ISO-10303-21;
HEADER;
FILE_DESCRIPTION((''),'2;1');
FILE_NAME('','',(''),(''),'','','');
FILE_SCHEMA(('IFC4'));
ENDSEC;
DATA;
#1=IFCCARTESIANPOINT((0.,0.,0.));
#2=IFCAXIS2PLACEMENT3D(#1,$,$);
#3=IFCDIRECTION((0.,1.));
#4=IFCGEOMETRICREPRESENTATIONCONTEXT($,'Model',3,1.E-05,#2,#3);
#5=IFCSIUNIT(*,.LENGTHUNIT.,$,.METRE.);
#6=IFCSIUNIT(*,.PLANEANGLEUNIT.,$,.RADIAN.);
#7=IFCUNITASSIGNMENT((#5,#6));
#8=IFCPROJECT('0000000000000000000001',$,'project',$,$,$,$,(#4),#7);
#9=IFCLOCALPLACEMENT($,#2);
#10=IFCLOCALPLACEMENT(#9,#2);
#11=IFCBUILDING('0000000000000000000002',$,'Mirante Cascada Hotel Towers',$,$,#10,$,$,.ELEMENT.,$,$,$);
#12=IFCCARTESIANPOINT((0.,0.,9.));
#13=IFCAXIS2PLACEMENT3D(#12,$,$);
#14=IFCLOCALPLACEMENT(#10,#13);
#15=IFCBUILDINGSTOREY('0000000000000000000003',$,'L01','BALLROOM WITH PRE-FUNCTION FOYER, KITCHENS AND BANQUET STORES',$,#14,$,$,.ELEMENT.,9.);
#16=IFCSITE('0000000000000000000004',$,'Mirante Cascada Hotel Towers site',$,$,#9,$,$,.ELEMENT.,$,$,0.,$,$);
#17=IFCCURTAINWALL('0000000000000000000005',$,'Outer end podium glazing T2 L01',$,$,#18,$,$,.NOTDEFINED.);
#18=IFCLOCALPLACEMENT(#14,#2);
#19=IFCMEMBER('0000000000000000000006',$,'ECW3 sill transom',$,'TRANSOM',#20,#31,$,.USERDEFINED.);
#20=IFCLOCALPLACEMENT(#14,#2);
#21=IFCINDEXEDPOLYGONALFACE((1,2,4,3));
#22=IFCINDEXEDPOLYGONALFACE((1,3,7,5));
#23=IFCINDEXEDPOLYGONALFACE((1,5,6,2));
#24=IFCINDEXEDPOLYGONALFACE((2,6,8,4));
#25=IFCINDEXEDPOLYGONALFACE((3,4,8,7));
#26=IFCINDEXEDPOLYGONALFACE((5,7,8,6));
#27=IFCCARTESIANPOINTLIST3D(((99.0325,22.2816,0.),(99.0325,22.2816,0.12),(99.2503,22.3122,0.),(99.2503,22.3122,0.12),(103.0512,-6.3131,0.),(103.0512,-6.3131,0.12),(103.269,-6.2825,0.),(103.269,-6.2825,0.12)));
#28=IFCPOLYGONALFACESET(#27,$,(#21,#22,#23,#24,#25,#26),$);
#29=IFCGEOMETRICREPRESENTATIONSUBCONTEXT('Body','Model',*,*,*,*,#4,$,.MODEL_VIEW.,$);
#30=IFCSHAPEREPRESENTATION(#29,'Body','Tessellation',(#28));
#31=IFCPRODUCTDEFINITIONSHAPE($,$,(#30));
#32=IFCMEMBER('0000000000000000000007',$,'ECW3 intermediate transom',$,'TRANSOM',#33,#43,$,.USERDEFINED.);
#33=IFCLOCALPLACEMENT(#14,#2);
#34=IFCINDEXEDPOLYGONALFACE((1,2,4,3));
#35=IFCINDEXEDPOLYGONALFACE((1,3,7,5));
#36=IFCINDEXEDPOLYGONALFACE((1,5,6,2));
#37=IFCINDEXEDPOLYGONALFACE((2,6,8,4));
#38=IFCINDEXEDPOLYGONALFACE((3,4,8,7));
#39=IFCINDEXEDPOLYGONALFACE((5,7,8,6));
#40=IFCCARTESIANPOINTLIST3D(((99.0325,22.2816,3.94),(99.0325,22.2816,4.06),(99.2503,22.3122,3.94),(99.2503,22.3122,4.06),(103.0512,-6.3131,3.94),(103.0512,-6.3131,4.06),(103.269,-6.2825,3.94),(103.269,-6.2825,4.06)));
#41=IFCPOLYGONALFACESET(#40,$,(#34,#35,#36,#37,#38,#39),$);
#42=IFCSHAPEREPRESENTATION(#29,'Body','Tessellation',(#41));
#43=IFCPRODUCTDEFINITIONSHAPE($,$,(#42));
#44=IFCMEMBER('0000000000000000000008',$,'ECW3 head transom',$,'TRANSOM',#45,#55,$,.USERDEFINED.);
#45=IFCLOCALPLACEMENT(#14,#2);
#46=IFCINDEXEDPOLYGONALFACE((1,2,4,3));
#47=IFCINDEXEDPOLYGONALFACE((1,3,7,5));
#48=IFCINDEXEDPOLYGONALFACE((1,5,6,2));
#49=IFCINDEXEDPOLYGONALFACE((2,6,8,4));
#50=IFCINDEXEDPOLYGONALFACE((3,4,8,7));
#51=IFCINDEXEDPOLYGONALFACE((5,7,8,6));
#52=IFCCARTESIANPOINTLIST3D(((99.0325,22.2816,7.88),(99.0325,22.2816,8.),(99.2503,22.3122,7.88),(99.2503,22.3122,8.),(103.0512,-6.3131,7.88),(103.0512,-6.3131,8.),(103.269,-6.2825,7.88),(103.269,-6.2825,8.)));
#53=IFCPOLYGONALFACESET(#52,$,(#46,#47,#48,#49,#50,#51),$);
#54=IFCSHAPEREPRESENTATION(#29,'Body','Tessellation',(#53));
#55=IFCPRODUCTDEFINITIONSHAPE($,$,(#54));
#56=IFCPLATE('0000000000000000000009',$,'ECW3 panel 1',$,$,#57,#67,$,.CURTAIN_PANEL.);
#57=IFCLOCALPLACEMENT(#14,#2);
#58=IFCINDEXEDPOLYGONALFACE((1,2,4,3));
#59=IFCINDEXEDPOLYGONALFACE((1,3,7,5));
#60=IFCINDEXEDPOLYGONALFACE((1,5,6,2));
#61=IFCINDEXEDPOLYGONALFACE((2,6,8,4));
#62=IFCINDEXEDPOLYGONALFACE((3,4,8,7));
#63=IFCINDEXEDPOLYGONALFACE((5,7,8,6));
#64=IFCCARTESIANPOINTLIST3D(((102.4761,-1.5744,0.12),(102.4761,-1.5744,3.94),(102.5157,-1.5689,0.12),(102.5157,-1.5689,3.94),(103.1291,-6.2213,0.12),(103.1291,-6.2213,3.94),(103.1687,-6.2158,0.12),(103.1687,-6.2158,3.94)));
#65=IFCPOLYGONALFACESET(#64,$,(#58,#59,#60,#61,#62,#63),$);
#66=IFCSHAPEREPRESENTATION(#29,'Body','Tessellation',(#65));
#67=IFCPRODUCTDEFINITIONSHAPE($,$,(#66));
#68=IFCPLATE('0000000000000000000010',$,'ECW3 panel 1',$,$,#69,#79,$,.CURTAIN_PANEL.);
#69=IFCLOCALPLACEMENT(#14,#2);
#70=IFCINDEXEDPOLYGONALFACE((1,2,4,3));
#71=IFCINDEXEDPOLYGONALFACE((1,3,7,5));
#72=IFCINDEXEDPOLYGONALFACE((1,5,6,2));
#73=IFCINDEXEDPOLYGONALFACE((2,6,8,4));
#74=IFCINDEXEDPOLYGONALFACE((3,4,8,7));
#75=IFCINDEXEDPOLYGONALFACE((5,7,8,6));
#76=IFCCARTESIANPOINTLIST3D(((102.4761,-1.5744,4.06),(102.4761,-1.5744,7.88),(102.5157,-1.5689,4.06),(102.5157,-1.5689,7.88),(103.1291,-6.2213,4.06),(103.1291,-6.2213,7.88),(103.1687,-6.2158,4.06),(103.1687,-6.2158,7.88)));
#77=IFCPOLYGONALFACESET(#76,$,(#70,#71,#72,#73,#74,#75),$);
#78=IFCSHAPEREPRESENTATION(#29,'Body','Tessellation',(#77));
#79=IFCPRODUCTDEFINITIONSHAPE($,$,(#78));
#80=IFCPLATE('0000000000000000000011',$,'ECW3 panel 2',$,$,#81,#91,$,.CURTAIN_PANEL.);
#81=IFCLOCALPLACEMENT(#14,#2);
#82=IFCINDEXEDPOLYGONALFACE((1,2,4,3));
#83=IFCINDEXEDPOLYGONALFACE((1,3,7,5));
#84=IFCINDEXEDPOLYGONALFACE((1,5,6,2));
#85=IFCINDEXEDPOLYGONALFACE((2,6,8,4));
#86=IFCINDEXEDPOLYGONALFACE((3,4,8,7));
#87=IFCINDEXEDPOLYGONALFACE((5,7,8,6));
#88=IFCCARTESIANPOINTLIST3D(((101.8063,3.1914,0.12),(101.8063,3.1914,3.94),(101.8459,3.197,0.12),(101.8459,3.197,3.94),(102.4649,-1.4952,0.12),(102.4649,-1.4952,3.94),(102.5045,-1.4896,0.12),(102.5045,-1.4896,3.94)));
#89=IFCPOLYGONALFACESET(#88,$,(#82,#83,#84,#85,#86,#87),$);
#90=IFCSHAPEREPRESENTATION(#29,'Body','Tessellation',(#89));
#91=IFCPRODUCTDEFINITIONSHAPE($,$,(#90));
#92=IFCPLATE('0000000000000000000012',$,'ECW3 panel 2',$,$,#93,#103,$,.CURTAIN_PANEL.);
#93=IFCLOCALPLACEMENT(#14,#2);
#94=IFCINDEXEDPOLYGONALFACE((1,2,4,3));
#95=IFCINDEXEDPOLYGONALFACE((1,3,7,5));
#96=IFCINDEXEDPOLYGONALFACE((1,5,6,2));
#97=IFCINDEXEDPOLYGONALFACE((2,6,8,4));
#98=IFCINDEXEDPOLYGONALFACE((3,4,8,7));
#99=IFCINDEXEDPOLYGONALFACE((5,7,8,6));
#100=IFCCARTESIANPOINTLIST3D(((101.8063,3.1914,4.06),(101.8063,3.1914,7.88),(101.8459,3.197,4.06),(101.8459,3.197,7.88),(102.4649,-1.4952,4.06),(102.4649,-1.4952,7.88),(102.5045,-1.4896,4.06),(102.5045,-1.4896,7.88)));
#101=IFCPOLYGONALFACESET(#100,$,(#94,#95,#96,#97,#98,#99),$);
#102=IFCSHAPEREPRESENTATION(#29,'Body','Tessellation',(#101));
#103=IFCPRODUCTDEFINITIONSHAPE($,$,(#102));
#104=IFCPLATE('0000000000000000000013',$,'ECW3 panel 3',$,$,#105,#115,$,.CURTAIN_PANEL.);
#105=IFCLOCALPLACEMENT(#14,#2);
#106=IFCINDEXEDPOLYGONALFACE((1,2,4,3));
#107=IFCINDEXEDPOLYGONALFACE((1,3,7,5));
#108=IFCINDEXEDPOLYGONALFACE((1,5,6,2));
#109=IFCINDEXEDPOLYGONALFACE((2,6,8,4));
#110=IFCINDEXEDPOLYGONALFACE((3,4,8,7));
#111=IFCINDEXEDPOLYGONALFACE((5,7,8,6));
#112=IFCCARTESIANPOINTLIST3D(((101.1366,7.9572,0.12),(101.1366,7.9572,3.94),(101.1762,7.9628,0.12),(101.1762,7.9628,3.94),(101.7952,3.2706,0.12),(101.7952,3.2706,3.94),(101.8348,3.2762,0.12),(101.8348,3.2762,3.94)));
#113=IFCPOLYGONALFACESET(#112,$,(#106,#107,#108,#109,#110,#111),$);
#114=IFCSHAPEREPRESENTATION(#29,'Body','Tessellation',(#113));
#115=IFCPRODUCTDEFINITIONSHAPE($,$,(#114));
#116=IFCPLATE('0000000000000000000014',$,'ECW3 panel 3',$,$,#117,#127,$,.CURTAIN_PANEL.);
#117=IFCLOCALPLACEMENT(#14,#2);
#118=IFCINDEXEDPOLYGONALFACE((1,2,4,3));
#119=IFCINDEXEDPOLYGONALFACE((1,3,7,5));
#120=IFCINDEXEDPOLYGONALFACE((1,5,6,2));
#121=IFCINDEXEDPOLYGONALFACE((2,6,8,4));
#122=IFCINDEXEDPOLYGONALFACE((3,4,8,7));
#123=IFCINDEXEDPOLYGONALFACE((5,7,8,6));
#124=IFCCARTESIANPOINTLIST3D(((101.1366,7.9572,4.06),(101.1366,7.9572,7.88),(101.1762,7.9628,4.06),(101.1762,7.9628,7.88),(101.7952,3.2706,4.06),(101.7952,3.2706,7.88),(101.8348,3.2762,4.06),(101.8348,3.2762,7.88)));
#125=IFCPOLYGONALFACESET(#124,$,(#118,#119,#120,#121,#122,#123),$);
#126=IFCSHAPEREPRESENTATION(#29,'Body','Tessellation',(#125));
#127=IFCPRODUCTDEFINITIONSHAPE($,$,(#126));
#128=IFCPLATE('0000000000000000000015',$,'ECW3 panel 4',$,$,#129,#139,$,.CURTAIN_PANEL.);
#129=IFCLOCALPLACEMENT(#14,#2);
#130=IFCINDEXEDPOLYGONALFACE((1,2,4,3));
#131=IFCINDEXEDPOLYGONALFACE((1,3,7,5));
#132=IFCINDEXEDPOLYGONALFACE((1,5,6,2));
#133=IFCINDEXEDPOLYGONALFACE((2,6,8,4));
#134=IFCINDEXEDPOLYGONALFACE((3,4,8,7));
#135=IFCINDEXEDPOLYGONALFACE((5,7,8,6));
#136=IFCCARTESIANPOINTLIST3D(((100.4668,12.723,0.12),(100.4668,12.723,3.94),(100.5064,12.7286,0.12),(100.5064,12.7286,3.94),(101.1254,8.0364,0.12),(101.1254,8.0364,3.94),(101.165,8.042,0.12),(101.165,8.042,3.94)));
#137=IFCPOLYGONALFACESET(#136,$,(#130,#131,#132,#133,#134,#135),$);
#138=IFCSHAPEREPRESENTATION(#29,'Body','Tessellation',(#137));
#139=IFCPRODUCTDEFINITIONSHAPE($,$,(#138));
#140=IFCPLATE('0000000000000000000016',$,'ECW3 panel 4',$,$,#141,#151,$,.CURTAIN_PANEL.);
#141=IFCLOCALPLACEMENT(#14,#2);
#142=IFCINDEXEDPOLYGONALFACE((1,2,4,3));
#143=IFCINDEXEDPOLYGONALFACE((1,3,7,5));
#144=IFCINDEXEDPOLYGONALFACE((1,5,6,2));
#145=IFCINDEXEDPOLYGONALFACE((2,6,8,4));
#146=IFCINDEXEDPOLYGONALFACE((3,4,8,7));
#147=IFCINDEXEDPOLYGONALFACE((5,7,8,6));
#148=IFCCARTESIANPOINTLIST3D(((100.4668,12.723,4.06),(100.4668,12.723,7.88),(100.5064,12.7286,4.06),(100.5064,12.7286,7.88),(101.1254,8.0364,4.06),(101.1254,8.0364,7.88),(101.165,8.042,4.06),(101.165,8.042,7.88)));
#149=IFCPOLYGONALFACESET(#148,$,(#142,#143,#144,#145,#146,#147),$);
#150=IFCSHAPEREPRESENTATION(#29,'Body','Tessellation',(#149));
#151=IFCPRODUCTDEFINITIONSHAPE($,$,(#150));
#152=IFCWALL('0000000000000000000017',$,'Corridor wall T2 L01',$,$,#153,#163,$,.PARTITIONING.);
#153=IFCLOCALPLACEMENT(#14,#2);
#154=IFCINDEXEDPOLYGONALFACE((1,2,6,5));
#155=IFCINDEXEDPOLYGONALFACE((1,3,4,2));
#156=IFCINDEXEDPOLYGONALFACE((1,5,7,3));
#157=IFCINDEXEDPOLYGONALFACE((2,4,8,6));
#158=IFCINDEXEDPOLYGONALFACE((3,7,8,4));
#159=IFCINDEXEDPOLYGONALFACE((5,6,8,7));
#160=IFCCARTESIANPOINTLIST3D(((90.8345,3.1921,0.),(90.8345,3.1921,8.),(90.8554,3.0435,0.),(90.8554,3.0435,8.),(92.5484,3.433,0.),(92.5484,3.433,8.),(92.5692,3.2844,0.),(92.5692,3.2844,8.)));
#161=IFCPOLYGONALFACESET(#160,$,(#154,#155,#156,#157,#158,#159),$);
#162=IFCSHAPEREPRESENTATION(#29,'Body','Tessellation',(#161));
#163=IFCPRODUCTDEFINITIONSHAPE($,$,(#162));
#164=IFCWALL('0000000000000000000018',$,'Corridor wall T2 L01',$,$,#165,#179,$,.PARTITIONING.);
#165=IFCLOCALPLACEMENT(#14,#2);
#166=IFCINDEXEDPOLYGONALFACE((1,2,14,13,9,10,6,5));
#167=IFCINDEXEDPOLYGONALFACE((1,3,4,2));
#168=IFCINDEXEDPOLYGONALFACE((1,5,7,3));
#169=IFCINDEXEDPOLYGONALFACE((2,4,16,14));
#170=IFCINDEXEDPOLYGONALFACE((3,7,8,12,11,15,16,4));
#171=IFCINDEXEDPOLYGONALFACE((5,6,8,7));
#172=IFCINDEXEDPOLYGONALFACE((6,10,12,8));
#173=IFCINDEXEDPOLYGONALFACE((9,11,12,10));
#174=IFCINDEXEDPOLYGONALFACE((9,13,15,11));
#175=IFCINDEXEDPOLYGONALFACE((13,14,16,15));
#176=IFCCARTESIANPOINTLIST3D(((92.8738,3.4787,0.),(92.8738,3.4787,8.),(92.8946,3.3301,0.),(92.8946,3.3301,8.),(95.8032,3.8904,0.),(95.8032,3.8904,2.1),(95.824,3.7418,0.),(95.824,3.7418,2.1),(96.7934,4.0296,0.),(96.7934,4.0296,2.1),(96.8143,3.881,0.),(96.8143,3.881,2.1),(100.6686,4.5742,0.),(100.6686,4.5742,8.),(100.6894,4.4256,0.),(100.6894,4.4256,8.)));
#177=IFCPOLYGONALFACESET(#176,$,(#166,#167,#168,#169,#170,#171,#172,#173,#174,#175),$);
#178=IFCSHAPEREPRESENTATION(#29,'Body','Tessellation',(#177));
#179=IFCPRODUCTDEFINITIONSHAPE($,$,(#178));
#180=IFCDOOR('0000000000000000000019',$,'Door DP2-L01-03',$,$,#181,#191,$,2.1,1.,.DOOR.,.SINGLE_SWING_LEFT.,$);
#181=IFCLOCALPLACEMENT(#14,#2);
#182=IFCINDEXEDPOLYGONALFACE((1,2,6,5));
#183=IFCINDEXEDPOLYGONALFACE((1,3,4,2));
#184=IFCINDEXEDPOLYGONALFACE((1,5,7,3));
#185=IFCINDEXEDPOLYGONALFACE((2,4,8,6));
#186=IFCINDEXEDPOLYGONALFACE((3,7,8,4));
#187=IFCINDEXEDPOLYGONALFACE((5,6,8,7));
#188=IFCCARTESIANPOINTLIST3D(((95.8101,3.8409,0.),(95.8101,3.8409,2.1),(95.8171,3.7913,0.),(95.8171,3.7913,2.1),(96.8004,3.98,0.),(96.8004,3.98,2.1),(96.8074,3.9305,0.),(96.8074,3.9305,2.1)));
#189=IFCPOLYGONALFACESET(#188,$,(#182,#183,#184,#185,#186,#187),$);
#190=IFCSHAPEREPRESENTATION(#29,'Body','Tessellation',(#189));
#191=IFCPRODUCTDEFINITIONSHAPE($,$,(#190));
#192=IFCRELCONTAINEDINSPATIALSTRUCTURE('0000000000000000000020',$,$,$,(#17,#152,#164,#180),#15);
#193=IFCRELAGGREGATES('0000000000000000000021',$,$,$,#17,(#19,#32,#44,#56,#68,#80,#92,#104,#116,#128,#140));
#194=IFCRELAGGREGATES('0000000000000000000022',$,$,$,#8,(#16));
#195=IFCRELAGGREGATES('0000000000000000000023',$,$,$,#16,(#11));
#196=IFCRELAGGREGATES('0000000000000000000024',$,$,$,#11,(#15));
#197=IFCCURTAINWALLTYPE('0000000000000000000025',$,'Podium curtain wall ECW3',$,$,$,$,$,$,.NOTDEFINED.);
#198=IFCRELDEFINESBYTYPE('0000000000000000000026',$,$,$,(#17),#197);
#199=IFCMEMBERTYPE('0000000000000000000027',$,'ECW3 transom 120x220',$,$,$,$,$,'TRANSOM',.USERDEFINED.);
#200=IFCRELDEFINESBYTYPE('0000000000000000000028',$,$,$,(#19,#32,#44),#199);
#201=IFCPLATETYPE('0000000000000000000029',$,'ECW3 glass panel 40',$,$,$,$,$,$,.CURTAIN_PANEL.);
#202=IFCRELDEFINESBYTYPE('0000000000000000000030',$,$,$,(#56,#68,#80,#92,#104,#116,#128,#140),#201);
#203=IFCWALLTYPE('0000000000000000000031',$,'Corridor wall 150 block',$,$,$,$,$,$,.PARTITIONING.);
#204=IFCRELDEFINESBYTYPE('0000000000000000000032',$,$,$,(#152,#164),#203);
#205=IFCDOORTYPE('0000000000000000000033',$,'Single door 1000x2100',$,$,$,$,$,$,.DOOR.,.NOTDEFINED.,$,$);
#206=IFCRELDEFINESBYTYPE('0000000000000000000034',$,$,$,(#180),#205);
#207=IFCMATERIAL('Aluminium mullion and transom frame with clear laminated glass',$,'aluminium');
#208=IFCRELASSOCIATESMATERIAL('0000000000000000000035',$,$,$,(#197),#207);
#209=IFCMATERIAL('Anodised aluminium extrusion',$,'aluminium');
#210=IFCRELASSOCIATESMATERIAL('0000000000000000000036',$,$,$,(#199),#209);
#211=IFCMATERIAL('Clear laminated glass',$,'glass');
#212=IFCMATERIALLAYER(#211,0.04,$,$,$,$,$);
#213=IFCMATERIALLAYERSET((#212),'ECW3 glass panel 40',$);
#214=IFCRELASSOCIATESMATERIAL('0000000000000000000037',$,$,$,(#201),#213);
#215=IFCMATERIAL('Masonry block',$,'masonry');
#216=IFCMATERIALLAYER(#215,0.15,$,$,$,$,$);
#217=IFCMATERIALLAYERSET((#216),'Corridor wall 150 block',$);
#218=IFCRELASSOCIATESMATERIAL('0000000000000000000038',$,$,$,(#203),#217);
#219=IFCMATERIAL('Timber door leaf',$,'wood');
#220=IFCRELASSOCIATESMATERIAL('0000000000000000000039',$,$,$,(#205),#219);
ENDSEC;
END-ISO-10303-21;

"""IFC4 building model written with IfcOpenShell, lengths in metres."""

from ifc_helpers import new_model, si_unit, direction, frame, frame_2d, origin, origin_2d, place, context, subcontext, project, spatial, rectangle, extrude, material, layer, layer_set, material_profile, profile_set, type_object, element, fill, aggregate, save


model = new_model("IFC4")

# Units and contexts
model_context = context("Model", 3, precision=1e-05, world=origin(), true_north=direction((0.0, 1.0)))
body_context = subcontext(model_context, "Body", "Model", "MODEL_VIEW")
ifc_project = project(units=[si_unit("LENGTHUNIT", "METRE"), si_unit("PLANEANGLEUNIT", "RADIAN")], contexts=[model_context])

# Site, building, storey
site_placement = place(None, origin())
site = spatial("IfcSite", under=ifc_project, at=site_placement, Name="Mirante Cascada Hotel Towers site", CompositionType="ELEMENT", RefElevation=0.0)
building_placement = place(site_placement, origin())
building = spatial("IfcBuilding", under=site, at=building_placement, Name="Mirante Cascada Hotel Towers", CompositionType="ELEMENT")
storey_placement = place(building_placement, frame((0.0, 0.0, 9.0)))
storey = spatial("IfcBuildingStorey", under=building, at=storey_placement, Name="L01", Description="BALLROOM WITH PRE-FUNCTION FOYER, KITCHENS AND BANQUET STORES", CompositionType="ELEMENT", Elevation=9.0)

# Curtain wall, members, plates
ifc_material_1 = material(Name="Aluminium mullion and transom frame with clear laminated glass", Category="aluminium")
curtain_wall_type = type_object("IfcCurtainWallType", Name="Podium curtain wall ECW3", PredefinedType="NOTDEFINED", material=ifc_material_1)
curtain_wall_placement = place(storey_placement, origin())
curtain_wall = element("IfcCurtainWall", 1, at=curtain_wall_placement, inside=storey, type_object=curtain_wall_type, Name="Outer end podium glazing T2 L01", PredefinedType="NOTDEFINED")
ifc_material_2 = material(Name="Anodised aluminium extrusion", Category="aluminium")
ifc_material_profile_1 = material_profile(ifc_material_2, rectangle(XDim=0.22, YDim=0.12, at=origin_2d()), Name="ECW3 TRANSOM 120x220")
ifc_profile_set_1 = profile_set([ifc_material_profile_1], Name="Anodised aluminium extrusion")
member_type_1 = type_object("IfcMemberType", Name="ECW3 transom 120x220", ElementType="TRANSOM", PredefinedType="USERDEFINED", material=ifc_profile_set_1)
member_1_placement = place(storey_placement, frame((103.1601, -6.2978, 0.06), z_axis=(-0.139172, 0.990268, 0.0), x_axis=(-0.990268, -0.139172, 0.0)))
member_1 = element("IfcMember", 2, at=member_1_placement, type_object=member_type_1, Name="ECW3 sill transom", ObjectType="TRANSOM", PredefinedType="USERDEFINED", context=body_context, shape_type="SweptSolid", body=[
    extrude(rectangle(XDim=0.22, YDim=0.12, at=origin_2d()), origin(), (0.0, 0.0, 1.0), 28.8757),
])
member_2_placement = place(storey_placement, frame((103.1601, -6.2978, 4.0), z_axis=(-0.139172, 0.990268, 0.0), x_axis=(-0.990268, -0.139172, 0.0)))
member_2 = element("IfcMember", 3, at=member_2_placement, type_object=member_type_1, Name="ECW3 intermediate transom", ObjectType="TRANSOM", PredefinedType="USERDEFINED", context=body_context, shape_type="SweptSolid", body=[
    extrude(rectangle(XDim=0.22, YDim=0.12, at=origin_2d()), origin(), (0.0, 0.0, 1.0), 28.8757),
])
member_3_placement = place(storey_placement, frame((103.1601, -6.2978, 7.94), z_axis=(-0.139172, 0.990268, 0.0), x_axis=(-0.990268, -0.139172, 0.0)))
member_3 = element("IfcMember", 4, at=member_3_placement, type_object=member_type_1, Name="ECW3 head transom", ObjectType="TRANSOM", PredefinedType="USERDEFINED", context=body_context, shape_type="SweptSolid", body=[
    extrude(rectangle(XDim=0.22, YDim=0.12, at=origin_2d()), origin(), (0.0, 0.0, 1.0), 28.8757),
])
ifc_material_3 = material(Name="Clear laminated glass", Category="glass")
ifc_layer_1 = layer(ifc_material_3, 0.04)
ifc_layer_set_1 = layer_set([ifc_layer_1], Name="ECW3 glass panel 40")
plate_type = type_object("IfcPlateType", Name="ECW3 glass panel 40", PredefinedType="CURTAIN_PANEL", material=ifc_layer_set_1)
plate_1_placement = place(storey_placement, frame((102.8224, -3.8951, 0.12), z_axis=(0.0, 0.0, 1.0), x_axis=(-0.139173, 0.990268, 0.0)))
plate_1 = element("IfcPlate", 5, at=plate_1_placement, type_object=plate_type, Name="ECW3 panel 1", PredefinedType="CURTAIN_PANEL", context=body_context, shape_type="SweptSolid", body=[
    extrude(rectangle(XDim=4.6926, YDim=0.04, at=origin_2d()), origin(), (0.0, 0.0, 1.0), 3.82),
])
plate_2_placement = place(storey_placement, frame((102.8224, -3.8951, 4.06), z_axis=(0.0, 0.0, 1.0), x_axis=(-0.139173, 0.990268, 0.0)))
plate_2 = element("IfcPlate", 6, at=plate_2_placement, type_object=plate_type, Name="ECW3 panel 1", PredefinedType="CURTAIN_PANEL", context=body_context, shape_type="SweptSolid", body=[
    extrude(rectangle(XDim=4.6926, YDim=0.04, at=origin_2d()), origin(), (0.0, 0.0, 1.0), 3.82),
])
plate_3_placement = place(storey_placement, frame((102.1554, 0.8509, 0.12), z_axis=(0.0, 0.0, 1.0), x_axis=(-0.139173, 0.990268, 0.0)))
plate_3 = element("IfcPlate", 7, at=plate_3_placement, type_object=plate_type, Name="ECW3 panel 2", PredefinedType="CURTAIN_PANEL", context=body_context, shape_type="SweptSolid", body=[
    extrude(rectangle(XDim=4.7326, YDim=0.04, at=origin_2d()), origin(), (0.0, 0.0, 1.0), 3.82),
])
plate_4_placement = place(storey_placement, frame((102.1554, 0.8509, 4.06), z_axis=(0.0, 0.0, 1.0), x_axis=(-0.139173, 0.990268, 0.0)))
plate_4 = element("IfcPlate", 8, at=plate_4_placement, type_object=plate_type, Name="ECW3 panel 2", PredefinedType="CURTAIN_PANEL", context=body_context, shape_type="SweptSolid", body=[
    extrude(rectangle(XDim=4.7326, YDim=0.04, at=origin_2d()), origin(), (0.0, 0.0, 1.0), 3.82),
])
plate_5_placement = place(storey_placement, frame((101.4857, 5.6167, 0.12), z_axis=(0.0, 0.0, 1.0), x_axis=(-0.139173, 0.990268, 0.0)))
plate_5 = element("IfcPlate", 9, at=plate_5_placement, type_object=plate_type, Name="ECW3 panel 3", PredefinedType="CURTAIN_PANEL", context=body_context, shape_type="SweptSolid", body=[
    extrude(rectangle(XDim=4.7326, YDim=0.04, at=origin_2d()), origin(), (0.0, 0.0, 1.0), 3.82),
])
plate_6_placement = place(storey_placement, frame((101.4857, 5.6167, 4.06), z_axis=(0.0, 0.0, 1.0), x_axis=(-0.139173, 0.990268, 0.0)))
plate_6 = element("IfcPlate", 10, at=plate_6_placement, type_object=plate_type, Name="ECW3 panel 3", PredefinedType="CURTAIN_PANEL", context=body_context, shape_type="SweptSolid", body=[
    extrude(rectangle(XDim=4.7326, YDim=0.04, at=origin_2d()), origin(), (0.0, 0.0, 1.0), 3.82),
])
plate_7_placement = place(storey_placement, frame((100.8159, 10.3825, 0.12), z_axis=(0.0, 0.0, 1.0), x_axis=(-0.139173, 0.990268, 0.0)))
plate_7 = element("IfcPlate", 11, at=plate_7_placement, type_object=plate_type, Name="ECW3 panel 4", PredefinedType="CURTAIN_PANEL", context=body_context, shape_type="SweptSolid", body=[
    extrude(rectangle(XDim=4.7326, YDim=0.04, at=origin_2d()), origin(), (0.0, 0.0, 1.0), 3.82),
])
plate_8_placement = place(storey_placement, frame((100.8159, 10.3825, 4.06), z_axis=(0.0, 0.0, 1.0), x_axis=(-0.139173, 0.990268, 0.0)))
plate_8 = element("IfcPlate", 12, at=plate_8_placement, type_object=plate_type, Name="ECW3 panel 4", PredefinedType="CURTAIN_PANEL", context=body_context, shape_type="SweptSolid", body=[
    extrude(rectangle(XDim=4.7326, YDim=0.04, at=origin_2d()), origin(), (0.0, 0.0, 1.0), 3.82),
])
aggregate(curtain_wall, [member_1, member_2, member_3, plate_1, plate_2, plate_3, plate_4, plate_5, plate_6, plate_7, plate_8])

# Wall
ifc_material_4 = material(Name="Masonry block", Category="masonry")
ifc_layer_2 = layer(ifc_material_4, 0.15)
ifc_layer_set_2 = layer_set([ifc_layer_2], Name="Corridor wall 150 block")
wall_type_1 = type_object("IfcWallType", Name="Corridor wall 150 block", PredefinedType="PARTITIONING", material=ifc_layer_set_2)
wall_1_placement = place(storey_placement, frame((90.8449, 3.1178, 0.0), z_axis=(0.0, 0.0, 1.0), x_axis=(0.990266, 0.139188, 0.0)))
element("IfcWall", 13, at=wall_1_placement, inside=storey, type_object=wall_type_1, Name="Corridor wall T2 L01", PredefinedType="PARTITIONING", context=body_context, shape_type="SweptSolid", body=[
    extrude(rectangle(XDim=1.7307, YDim=0.15, at=frame_2d((0.8654, 0.0))), origin(), (0.0, 0.0, 1.0), 8.0),
])

# Wall, opening, door
wall_2_placement = place(storey_placement, frame((92.8842, 3.4044, 0.0), z_axis=(0.0, 0.0, 1.0), x_axis=(0.990268, 0.139175, 0.0)))
wall_2 = element("IfcWall", 14, at=wall_2_placement, inside=storey, type_object=wall_type_1, Name="Corridor wall T2 L01", PredefinedType="PARTITIONING", context=body_context, shape_type="SweptSolid", body=[
    extrude(rectangle(XDim=7.8714, YDim=0.15, at=frame_2d((3.9357, 0.0))), origin(), (0.0, 0.0, 1.0), 8.0),
])
opening_1_placement = place(wall_2_placement, frame((2.9582, 0.0, 0.0)))
opening_1 = element("IfcOpeningElement", 15, at=opening_1_placement, cuts=wall_2, PredefinedType="OPENING", context=body_context, shape_type="SweptSolid", body=[
    extrude(rectangle(XDim=1.0, YDim=2.1, at=frame_2d((0.5, 1.05))), frame((0.0, 0.075, 0.0), z_axis=(0.0, -1.0, 0.0), x_axis=(1.0, 0.0, 0.0)), (0.0, 0.0, 1.0), 0.15),
])
ifc_material_5 = material(Name="Timber door leaf", Category="wood")
door_type = type_object("IfcDoorType", Name="Single door 1000x2100", OperationType="NOTDEFINED", PredefinedType="DOOR", material=ifc_material_5)
door_placement = place(opening_1_placement, origin())
door = element("IfcDoor", 16, at=door_placement, inside=storey, type_object=door_type, Name="Door DP2-L01-03", OperationType="SINGLE_SWING_LEFT", OverallHeight=2.1, OverallWidth=1.0, PredefinedType="DOOR", context=body_context, shape_type="SweptSolid", body=[
    extrude(rectangle(XDim=1.0, YDim=2.1, at=frame_2d((0.5, 1.05))), frame((0.0, 0.025, 0.0), z_axis=(0.0, -1.0, 0.0), x_axis=(1.0, 0.0, 0.0)), (0.0, 0.0, 1.0), 0.05),
])
fill(opening_1, door)

save(model, "model.ifc")
